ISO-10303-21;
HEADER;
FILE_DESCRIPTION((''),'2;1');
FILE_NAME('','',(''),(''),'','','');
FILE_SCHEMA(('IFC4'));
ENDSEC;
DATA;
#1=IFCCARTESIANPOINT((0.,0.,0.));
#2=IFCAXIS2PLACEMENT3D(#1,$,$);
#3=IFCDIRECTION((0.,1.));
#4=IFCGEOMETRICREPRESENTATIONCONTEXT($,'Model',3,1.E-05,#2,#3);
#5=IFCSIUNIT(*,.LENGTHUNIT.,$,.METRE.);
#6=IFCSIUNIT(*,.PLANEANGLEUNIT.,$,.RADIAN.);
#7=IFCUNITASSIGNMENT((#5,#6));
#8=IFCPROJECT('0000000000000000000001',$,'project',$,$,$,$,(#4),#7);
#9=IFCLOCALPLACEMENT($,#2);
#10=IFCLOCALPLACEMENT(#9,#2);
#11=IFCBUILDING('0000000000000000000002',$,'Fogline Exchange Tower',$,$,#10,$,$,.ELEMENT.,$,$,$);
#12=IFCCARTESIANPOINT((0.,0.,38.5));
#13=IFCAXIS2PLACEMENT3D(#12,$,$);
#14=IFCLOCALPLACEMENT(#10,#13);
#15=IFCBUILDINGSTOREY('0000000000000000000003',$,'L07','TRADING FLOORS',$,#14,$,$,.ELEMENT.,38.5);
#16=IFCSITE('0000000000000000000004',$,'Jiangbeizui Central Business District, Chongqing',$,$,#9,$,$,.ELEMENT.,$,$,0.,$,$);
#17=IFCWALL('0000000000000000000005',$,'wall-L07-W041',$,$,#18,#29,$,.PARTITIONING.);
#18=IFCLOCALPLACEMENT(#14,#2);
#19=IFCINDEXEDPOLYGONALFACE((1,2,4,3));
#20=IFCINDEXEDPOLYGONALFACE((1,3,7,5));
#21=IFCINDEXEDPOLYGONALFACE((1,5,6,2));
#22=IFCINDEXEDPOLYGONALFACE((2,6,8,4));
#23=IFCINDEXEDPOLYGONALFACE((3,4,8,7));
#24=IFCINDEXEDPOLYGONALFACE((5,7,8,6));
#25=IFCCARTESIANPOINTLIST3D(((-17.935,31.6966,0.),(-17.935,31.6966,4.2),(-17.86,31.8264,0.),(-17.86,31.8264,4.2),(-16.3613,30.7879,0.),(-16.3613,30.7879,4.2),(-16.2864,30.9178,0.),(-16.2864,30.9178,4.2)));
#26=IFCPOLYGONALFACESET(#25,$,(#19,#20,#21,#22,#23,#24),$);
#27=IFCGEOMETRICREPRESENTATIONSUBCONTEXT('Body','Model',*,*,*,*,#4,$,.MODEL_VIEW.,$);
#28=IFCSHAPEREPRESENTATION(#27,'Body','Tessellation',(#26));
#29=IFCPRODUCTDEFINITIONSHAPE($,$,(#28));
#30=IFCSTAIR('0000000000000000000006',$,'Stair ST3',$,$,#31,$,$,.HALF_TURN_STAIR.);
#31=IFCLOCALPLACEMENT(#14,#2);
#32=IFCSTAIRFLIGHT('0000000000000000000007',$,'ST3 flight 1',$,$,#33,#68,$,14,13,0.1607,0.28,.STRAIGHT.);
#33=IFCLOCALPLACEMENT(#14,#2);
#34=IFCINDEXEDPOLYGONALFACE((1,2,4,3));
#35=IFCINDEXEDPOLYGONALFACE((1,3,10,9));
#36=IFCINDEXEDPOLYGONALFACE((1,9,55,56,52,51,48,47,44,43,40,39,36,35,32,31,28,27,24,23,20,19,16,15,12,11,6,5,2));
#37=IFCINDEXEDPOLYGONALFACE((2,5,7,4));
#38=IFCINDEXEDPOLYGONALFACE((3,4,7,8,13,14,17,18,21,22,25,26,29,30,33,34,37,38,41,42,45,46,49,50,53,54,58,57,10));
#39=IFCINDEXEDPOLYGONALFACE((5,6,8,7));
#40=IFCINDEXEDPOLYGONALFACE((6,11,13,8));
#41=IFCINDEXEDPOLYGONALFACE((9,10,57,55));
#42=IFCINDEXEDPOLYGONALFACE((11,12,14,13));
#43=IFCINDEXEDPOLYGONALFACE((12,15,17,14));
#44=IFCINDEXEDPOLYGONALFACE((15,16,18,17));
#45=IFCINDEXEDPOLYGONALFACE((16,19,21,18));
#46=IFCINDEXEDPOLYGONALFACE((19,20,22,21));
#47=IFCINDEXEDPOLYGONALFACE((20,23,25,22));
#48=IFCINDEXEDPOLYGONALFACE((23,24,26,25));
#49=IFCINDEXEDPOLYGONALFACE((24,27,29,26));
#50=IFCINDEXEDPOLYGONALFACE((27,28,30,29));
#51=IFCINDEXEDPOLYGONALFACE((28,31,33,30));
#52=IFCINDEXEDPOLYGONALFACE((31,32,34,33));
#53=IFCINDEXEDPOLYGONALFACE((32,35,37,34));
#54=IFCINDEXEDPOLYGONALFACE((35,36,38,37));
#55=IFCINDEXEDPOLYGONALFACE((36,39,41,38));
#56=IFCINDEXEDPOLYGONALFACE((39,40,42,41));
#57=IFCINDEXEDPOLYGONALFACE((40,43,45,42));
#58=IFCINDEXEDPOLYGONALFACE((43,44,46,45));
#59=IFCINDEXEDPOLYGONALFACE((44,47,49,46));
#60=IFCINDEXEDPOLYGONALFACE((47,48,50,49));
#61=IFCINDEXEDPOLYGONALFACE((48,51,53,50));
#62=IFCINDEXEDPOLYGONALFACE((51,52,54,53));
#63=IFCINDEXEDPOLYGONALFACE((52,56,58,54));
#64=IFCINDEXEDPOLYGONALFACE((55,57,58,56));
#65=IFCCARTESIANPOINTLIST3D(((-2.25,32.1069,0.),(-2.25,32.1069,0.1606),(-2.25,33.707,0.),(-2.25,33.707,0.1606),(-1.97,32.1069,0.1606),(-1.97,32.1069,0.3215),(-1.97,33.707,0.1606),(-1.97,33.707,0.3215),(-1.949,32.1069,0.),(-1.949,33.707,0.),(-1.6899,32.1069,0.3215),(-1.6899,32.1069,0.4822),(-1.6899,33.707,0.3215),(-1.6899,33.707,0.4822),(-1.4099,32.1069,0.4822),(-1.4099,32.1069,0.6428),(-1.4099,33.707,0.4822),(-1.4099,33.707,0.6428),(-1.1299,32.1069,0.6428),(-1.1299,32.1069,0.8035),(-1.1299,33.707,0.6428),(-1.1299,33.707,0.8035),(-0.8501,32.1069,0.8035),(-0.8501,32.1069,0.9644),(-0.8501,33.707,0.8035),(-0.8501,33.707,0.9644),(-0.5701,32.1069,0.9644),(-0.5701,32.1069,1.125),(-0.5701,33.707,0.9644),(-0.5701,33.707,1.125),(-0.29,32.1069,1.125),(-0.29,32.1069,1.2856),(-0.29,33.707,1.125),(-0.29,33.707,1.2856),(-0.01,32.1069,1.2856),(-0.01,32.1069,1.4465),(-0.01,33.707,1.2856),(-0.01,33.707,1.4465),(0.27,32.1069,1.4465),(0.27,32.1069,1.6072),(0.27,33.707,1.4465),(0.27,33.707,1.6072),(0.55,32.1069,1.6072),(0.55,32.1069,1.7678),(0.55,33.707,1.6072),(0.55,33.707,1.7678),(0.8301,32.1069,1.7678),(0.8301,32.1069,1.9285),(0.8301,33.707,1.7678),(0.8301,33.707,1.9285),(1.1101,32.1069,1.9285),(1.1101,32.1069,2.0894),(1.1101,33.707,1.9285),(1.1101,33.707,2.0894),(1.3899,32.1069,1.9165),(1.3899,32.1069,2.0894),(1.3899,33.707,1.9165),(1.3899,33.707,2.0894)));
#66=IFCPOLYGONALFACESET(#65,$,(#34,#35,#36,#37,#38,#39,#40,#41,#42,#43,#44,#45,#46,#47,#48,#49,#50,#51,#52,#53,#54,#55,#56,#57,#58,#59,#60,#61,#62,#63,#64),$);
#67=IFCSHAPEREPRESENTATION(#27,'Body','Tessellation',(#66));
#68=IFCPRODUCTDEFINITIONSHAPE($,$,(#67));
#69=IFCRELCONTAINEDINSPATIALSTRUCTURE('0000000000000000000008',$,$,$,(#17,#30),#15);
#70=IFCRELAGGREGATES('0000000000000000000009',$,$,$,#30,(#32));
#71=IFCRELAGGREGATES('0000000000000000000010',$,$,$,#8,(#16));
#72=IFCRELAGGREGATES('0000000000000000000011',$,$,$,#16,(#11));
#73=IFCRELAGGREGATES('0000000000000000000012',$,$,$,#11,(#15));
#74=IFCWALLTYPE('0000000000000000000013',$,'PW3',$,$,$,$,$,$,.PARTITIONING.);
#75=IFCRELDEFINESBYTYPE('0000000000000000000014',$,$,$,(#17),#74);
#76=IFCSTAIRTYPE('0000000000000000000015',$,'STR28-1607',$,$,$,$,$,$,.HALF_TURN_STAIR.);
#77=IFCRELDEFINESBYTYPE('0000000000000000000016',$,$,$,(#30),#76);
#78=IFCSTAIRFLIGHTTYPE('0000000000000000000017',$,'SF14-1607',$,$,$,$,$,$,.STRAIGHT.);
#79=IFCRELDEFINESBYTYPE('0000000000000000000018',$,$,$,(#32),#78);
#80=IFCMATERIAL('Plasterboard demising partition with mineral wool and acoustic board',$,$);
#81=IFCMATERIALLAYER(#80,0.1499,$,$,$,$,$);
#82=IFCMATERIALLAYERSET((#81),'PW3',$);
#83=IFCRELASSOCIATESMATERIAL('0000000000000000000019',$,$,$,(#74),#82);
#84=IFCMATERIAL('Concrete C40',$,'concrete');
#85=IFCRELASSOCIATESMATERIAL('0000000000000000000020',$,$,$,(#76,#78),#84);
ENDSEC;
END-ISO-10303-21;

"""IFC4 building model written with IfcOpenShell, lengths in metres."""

from ifc_helpers import new_model, si_unit, direction, frame, frame_2d, origin, place, context, subcontext, project, spatial, polyline, rectangle, outline, extrude, material, layer, layer_set, type_object, element, aggregate, save


model = new_model("IFC4")

# Units and contexts
model_context = context("Model", 3, precision=1e-05, world=origin(), true_north=direction((0.0, 1.0)))
body_context = subcontext(model_context, "Body", "Model", "MODEL_VIEW")
ifc_project = project(units=[si_unit("LENGTHUNIT", "METRE"), si_unit("PLANEANGLEUNIT", "RADIAN")], contexts=[model_context])

# Site, building, storey
site_placement = place(None, origin())
site = spatial("IfcSite", under=ifc_project, at=site_placement, Name="Jiangbeizui Central Business District, Chongqing", CompositionType="ELEMENT", RefElevation=0.0)
building_placement = place(site_placement, origin())
building = spatial("IfcBuilding", under=site, at=building_placement, Name="Fogline Exchange Tower", CompositionType="ELEMENT")
storey_placement = place(building_placement, frame((0.0, 0.0, 38.5)))
storey = spatial("IfcBuildingStorey", under=building, at=storey_placement, Name="L07", Description="TRADING FLOORS", CompositionType="ELEMENT", Elevation=38.5)

# Shared definitions
ifc_material_1 = material(Name="Concrete C40", Category="concrete")

# Wall
ifc_material_2 = material(Name="Plasterboard demising partition with mineral wool and acoustic board")
ifc_layer_1 = layer(ifc_material_2, 0.1499)
ifc_layer_set_1 = layer_set([ifc_layer_1], Name="PW3")
wall_type_1 = type_object("IfcWallType", Name="PW3", PredefinedType="PARTITIONING", material=ifc_layer_set_1)
wall_1_placement = place(storey_placement, frame((-16.3237, 30.8528, 0.0), z_axis=(0.0, 0.0, 1.0), x_axis=(-0.866002, 0.50004, 0.0)))
element("IfcWall", 1, at=wall_1_placement, inside=storey, type_object=wall_type_1, Name="wall-L07-W041", PredefinedType="PARTITIONING", context=body_context, shape_type="SweptSolid", body=[
    extrude(rectangle(XDim=1.8171, YDim=0.1499, at=frame_2d((0.9087, 0.0))), origin(), (0.0, 0.0, 1.0), 4.2),
])

# Stair, stair flight
stair_type = type_object("IfcStairType", Name="STR28-1607", PredefinedType="HALF_TURN_STAIR", material=ifc_material_1)
stair_placement = place(storey_placement, origin())
stair = element("IfcStair", 2, at=stair_placement, inside=storey, type_object=stair_type, Name="Stair ST3", PredefinedType="HALF_TURN_STAIR")
stair_flight_type = type_object("IfcStairFlightType", Name="SF14-1607", PredefinedType="STRAIGHT", material=ifc_material_1)
stair_flight_placement = place(storey_placement, frame((-2.25, 32.907, 0.0), z_axis=(0.0, 0.0, 1.0), x_axis=(1.0, 0.0, 0.0)))
stair_flight = element("IfcStairFlight", 3, at=stair_flight_placement, type_object=stair_flight_type, Name="ST3 flight 1", NumberOfRisers=14, NumberOfTreads=13, PredefinedType="STRAIGHT", RiserHeight=0.1607, TreadLength=0.28, context=body_context, shape_type="SweptSolid", body=[
    extrude(outline(polyline([(0.0, 0.0), (0.0, 0.1606), (0.28, 0.1606), (0.28, 0.3215), (0.5601, 0.3215), (0.5601, 0.4822), (0.8401, 0.4822), (0.8401, 0.6428), (1.1201, 0.6428), (1.1201, 0.8035), (1.3999, 0.8035), (1.3999, 0.9644), (1.6799, 0.9644), (1.6799, 1.125), (1.96, 1.125), (1.96, 1.2856), (2.24, 1.2856), (2.24, 1.4465), (2.52, 1.4465), (2.52, 1.6072), (2.8, 1.6072), (2.8, 1.7678), (3.0801, 1.7678), (3.0801, 1.9285), (3.3601, 1.9285), (3.3601, 2.0894), (3.6399, 2.0894), (3.6399, 2.25), (3.6399, 1.9165), (0.301, 0.0), (0.0, 0.0)])), frame((0.0, 0.8, 0.0), z_axis=(0.0, -1.0, 0.0), x_axis=(1.0, 0.0, 0.0)), (0.0, 0.0, 1.0), 1.6001),
])
aggregate(stair, [stair_flight])

save(model, "model.ifc")
